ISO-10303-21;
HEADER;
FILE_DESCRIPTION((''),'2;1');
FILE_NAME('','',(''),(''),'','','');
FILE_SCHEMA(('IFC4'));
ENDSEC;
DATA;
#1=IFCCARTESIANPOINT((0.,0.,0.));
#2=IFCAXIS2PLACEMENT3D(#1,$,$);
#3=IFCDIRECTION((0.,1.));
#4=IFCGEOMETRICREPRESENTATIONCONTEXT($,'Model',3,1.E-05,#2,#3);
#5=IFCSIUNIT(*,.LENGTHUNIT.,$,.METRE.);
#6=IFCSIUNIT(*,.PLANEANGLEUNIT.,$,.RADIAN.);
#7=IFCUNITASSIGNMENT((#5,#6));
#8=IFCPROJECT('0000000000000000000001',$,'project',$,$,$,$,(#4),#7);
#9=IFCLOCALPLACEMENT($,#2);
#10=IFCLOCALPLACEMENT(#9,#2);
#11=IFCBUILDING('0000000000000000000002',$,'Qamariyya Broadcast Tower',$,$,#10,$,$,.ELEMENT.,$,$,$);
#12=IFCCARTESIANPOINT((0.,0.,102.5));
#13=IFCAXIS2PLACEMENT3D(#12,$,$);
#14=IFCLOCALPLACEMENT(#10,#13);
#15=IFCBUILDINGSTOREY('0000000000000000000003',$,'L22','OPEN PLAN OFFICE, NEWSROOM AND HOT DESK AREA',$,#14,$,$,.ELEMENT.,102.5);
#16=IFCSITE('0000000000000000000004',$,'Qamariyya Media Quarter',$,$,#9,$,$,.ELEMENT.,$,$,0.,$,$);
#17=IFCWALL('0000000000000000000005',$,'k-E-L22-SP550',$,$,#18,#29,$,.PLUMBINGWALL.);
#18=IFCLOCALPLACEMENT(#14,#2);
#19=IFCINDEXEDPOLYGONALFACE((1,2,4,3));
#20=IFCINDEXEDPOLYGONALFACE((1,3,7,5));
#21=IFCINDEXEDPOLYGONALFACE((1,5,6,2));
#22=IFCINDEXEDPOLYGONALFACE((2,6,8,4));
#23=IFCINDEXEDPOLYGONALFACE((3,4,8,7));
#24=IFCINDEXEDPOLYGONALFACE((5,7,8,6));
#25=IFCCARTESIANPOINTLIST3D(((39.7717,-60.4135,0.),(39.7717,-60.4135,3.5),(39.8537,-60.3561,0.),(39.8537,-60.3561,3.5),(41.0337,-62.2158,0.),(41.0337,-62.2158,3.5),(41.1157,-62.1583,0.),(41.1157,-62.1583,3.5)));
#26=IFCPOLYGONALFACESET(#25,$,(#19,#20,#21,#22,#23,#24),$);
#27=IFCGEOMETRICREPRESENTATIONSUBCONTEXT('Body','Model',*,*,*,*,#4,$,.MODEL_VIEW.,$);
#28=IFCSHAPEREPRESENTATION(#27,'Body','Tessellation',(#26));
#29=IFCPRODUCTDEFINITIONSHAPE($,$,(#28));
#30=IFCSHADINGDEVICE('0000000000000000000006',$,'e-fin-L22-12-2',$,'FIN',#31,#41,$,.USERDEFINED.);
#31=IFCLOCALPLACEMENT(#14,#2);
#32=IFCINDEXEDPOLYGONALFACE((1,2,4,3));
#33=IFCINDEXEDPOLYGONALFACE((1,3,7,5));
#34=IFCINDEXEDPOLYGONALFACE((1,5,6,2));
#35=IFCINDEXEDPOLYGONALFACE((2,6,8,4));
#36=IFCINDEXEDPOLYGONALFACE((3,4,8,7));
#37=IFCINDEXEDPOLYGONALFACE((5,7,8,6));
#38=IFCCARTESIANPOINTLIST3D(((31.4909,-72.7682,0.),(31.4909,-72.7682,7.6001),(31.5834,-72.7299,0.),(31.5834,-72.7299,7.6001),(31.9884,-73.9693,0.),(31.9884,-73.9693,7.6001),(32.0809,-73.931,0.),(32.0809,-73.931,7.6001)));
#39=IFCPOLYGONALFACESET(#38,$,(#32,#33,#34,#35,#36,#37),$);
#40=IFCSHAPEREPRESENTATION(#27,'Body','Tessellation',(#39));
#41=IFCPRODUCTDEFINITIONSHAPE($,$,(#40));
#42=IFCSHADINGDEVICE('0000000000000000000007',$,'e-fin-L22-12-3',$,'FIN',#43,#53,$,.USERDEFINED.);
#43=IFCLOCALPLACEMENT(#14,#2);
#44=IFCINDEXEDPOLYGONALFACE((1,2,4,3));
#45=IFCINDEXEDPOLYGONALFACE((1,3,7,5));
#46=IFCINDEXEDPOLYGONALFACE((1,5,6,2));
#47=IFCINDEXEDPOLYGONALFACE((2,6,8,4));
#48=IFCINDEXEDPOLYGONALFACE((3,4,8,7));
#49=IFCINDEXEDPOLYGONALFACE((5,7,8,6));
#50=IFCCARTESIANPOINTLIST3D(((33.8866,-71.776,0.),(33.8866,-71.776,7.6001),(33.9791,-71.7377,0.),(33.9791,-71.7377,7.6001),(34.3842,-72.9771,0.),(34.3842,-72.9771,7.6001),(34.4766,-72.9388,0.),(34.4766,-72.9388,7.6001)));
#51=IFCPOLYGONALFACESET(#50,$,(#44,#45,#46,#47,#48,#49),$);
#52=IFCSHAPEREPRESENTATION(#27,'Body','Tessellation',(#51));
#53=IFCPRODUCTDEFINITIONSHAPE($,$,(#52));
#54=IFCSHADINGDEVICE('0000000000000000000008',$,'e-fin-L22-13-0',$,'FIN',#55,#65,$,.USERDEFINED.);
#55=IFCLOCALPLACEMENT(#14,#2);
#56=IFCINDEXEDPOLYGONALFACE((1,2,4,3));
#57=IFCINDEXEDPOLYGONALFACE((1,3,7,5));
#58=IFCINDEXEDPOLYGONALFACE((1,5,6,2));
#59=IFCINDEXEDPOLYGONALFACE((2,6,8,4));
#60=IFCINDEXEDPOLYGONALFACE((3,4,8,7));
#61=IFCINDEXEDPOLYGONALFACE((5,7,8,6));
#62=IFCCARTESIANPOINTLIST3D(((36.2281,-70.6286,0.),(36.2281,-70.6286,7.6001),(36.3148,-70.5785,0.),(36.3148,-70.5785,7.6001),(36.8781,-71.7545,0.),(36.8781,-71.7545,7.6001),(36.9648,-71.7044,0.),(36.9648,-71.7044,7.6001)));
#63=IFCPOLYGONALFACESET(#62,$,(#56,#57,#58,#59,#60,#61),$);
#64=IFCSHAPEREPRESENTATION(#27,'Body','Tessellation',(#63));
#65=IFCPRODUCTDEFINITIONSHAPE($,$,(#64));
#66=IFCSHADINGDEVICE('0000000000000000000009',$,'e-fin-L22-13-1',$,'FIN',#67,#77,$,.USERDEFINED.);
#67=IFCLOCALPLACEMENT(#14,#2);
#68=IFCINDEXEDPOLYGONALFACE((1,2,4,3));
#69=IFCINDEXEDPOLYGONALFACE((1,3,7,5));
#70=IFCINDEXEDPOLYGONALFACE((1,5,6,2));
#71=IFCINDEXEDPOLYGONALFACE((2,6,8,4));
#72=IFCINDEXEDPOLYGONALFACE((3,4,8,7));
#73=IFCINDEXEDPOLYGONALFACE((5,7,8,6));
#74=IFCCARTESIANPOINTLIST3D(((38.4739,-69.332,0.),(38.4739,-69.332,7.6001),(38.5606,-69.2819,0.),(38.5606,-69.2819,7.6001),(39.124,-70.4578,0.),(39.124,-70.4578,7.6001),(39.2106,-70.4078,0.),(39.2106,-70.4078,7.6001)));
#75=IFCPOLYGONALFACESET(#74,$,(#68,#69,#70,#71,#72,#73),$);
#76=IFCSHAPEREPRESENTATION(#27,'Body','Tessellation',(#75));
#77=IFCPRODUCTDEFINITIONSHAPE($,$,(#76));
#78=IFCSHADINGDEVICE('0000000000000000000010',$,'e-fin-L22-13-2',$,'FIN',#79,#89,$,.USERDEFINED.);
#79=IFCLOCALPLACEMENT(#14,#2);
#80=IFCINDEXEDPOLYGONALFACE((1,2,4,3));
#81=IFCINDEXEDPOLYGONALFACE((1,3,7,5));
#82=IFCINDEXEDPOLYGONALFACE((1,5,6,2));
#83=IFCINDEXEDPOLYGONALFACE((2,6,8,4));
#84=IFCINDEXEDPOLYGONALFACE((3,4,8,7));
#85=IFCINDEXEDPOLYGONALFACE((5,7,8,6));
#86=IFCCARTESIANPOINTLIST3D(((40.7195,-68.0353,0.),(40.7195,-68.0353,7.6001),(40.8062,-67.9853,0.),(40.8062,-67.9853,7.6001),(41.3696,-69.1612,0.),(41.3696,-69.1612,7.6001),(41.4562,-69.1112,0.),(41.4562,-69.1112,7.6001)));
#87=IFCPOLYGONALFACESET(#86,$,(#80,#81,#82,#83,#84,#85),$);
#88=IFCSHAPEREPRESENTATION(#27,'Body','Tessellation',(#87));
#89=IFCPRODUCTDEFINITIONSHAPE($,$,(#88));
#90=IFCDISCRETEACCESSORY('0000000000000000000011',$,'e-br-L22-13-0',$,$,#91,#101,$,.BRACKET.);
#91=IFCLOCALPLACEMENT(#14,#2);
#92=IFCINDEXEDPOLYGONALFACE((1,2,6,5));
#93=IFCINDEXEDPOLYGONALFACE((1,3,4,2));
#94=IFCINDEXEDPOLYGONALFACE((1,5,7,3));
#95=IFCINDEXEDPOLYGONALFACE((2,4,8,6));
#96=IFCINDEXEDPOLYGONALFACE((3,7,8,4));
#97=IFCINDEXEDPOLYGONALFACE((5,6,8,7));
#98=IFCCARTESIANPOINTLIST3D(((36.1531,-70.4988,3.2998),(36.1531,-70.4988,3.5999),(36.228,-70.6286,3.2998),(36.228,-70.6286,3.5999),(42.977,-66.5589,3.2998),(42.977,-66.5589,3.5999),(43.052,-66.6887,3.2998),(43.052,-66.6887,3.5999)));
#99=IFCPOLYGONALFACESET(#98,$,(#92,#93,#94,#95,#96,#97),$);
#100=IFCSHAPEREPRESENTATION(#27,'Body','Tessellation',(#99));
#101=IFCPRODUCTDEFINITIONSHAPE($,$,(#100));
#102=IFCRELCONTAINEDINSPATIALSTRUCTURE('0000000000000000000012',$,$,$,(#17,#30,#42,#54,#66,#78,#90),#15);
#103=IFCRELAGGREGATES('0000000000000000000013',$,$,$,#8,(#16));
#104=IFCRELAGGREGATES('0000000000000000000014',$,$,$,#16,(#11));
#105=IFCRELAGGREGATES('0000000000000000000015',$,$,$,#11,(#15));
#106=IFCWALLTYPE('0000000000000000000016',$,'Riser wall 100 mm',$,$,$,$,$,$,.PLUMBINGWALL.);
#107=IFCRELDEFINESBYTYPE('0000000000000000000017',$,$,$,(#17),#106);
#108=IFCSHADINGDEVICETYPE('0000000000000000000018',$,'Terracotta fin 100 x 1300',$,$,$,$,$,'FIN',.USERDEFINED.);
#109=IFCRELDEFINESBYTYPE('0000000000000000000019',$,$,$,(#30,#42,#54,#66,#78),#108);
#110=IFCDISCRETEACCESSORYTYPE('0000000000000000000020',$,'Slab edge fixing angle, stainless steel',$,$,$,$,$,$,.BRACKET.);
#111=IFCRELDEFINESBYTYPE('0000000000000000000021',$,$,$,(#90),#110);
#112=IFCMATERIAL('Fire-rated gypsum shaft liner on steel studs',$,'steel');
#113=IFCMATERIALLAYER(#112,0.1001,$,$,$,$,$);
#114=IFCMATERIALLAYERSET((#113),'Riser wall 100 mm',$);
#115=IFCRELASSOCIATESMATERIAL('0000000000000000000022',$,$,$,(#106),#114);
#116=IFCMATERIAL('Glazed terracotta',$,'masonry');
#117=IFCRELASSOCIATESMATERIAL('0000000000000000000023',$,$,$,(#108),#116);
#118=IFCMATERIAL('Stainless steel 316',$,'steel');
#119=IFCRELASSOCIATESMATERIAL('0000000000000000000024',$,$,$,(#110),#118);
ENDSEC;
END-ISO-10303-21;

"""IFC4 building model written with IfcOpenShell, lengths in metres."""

from ifc_helpers import new_model, si_unit, direction, frame, frame_2d, origin, origin_2d, place, context, subcontext, project, spatial, rectangle, extrude, material, layer, layer_set, material_profile, profile_set, type_object, element, save


model = new_model("IFC4")

# Units and contexts
model_context = context("Model", 3, precision=1e-05, world=origin(), true_north=direction((0.0, 1.0)))
body_context = subcontext(model_context, "Body", "Model", "MODEL_VIEW")
ifc_project = project(units=[si_unit("LENGTHUNIT", "METRE"), si_unit("PLANEANGLEUNIT", "RADIAN")], contexts=[model_context])

# Site, building, storey
site_placement = place(None, origin())
site = spatial("IfcSite", under=ifc_project, at=site_placement, Name="Qamariyya Media Quarter", CompositionType="ELEMENT", RefElevation=0.0)
building_placement = place(site_placement, origin())
building = spatial("IfcBuilding", under=site, at=building_placement, Name="Qamariyya Broadcast Tower", CompositionType="ELEMENT")
storey_placement = place(building_placement, frame((0.0, 0.0, 102.5)))
storey = spatial("IfcBuildingStorey", under=building, at=storey_placement, Name="L22", Description="OPEN PLAN OFFICE, NEWSROOM AND HOT DESK AREA", CompositionType="ELEMENT", Elevation=102.5)

# Wall
ifc_material_1 = material(Name="Fire-rated gypsum shaft liner on steel studs", Category="steel")
ifc_layer_1 = layer(ifc_material_1, 0.1001)
ifc_layer_set_1 = layer_set([ifc_layer_1], Name="Riser wall 100 mm")
wall_type_1 = type_object("IfcWallType", Name="Riser wall 100 mm", PredefinedType="PLUMBINGWALL", material=ifc_layer_set_1)
wall_1_placement = place(storey_placement, frame((39.8127, -60.3848, 0.0), z_axis=(0.0, 0.0, 1.0), x_axis=(0.573581, -0.819149, 0.0)))
element("IfcWall", 1, at=wall_1_placement, inside=storey, type_object=wall_type_1, Name="k-E-L22-SP550", PredefinedType="PLUMBINGWALL", context=body_context, shape_type="SweptSolid", body=[
    extrude(rectangle(XDim=2.2002, YDim=0.1001, at=frame_2d((1.1001, 0.0))), origin(), (0.0, 0.0, 1.0), 3.5),
])

# Shading devices
ifc_material_2 = material(Name="Glazed terracotta", Category="masonry")
ifc_material_profile_1 = material_profile(ifc_material_2, rectangle(XDim=1.3, YDim=0.1001, at=origin_2d()))
ifc_profile_set_1 = profile_set([ifc_material_profile_1], Name="Glazed terracotta")
shading_device_type_1 = type_object("IfcShadingDeviceType", Name="Terracotta fin 100 x 1300", ElementType="FIN", PredefinedType="USERDEFINED", material=ifc_profile_set_1)
for number, where, z_axis, x_axis, name in (
    (2, (31.7859, -73.3496, 0.0), (0.0, 0.0, 1.0), (0.382683, -0.92388, 0.0), "e-fin-L22-12-2"),
    (3, (34.1816, -72.3574, 0.0), (0.0, 0.0, 1.0), (0.382683, -0.92388, 0.0), "e-fin-L22-12-3"),
    (4, (36.5964, -71.1665, 0.0), (0.0, 0.0, 1.0), (0.5, -0.866025, 0.0), "e-fin-L22-13-0"),
    (5, (38.8423, -69.8699, 0.0), (0.0, 0.0, 1.0), (0.5, -0.866025, 0.0), "e-fin-L22-13-1"),
    (6, (41.0879, -68.5732, 0.0), (0.0, 0.0, 1.0), (0.5, -0.866025, 0.0), "e-fin-L22-13-2"),
):
    element("IfcShadingDevice", number, at=place(storey_placement, frame(where, z_axis=z_axis, x_axis=x_axis)), inside=storey, type_object=shading_device_type_1, Name=name, ObjectType="FIN", PredefinedType="USERDEFINED", context=body_context, shape_type="SweptSolid", body=[
        extrude(rectangle(XDim=1.3, YDim=0.1001, at=origin_2d()), origin(), (0.0, 0.0, 1.0), 7.6001),
    ])

# Discrete accessory
ifc_material_3 = material(Name="Stainless steel 316", Category="steel")
discrete_accessory_type = type_object("IfcDiscreteAccessoryType", Name="Slab edge fixing angle, stainless steel", PredefinedType="BRACKET", material=ifc_material_3)
discrete_accessory_placement = place(storey_placement, frame((39.6025, -68.5938, 3.2998), z_axis=(0.0, 0.0, 1.0), x_axis=(0.866025, 0.5, 0.0)))
element("IfcDiscreteAccessory", 7, at=discrete_accessory_placement, inside=storey, type_object=discrete_accessory_type, Name="e-br-L22-13-0", PredefinedType="BRACKET", context=body_context, shape_type="SweptSolid", body=[
    extrude(rectangle(XDim=7.8796, YDim=0.1499, at=origin_2d()), origin(), (0.0, 0.0, 1.0), 0.3),
])

save(model, "model.ifc")
